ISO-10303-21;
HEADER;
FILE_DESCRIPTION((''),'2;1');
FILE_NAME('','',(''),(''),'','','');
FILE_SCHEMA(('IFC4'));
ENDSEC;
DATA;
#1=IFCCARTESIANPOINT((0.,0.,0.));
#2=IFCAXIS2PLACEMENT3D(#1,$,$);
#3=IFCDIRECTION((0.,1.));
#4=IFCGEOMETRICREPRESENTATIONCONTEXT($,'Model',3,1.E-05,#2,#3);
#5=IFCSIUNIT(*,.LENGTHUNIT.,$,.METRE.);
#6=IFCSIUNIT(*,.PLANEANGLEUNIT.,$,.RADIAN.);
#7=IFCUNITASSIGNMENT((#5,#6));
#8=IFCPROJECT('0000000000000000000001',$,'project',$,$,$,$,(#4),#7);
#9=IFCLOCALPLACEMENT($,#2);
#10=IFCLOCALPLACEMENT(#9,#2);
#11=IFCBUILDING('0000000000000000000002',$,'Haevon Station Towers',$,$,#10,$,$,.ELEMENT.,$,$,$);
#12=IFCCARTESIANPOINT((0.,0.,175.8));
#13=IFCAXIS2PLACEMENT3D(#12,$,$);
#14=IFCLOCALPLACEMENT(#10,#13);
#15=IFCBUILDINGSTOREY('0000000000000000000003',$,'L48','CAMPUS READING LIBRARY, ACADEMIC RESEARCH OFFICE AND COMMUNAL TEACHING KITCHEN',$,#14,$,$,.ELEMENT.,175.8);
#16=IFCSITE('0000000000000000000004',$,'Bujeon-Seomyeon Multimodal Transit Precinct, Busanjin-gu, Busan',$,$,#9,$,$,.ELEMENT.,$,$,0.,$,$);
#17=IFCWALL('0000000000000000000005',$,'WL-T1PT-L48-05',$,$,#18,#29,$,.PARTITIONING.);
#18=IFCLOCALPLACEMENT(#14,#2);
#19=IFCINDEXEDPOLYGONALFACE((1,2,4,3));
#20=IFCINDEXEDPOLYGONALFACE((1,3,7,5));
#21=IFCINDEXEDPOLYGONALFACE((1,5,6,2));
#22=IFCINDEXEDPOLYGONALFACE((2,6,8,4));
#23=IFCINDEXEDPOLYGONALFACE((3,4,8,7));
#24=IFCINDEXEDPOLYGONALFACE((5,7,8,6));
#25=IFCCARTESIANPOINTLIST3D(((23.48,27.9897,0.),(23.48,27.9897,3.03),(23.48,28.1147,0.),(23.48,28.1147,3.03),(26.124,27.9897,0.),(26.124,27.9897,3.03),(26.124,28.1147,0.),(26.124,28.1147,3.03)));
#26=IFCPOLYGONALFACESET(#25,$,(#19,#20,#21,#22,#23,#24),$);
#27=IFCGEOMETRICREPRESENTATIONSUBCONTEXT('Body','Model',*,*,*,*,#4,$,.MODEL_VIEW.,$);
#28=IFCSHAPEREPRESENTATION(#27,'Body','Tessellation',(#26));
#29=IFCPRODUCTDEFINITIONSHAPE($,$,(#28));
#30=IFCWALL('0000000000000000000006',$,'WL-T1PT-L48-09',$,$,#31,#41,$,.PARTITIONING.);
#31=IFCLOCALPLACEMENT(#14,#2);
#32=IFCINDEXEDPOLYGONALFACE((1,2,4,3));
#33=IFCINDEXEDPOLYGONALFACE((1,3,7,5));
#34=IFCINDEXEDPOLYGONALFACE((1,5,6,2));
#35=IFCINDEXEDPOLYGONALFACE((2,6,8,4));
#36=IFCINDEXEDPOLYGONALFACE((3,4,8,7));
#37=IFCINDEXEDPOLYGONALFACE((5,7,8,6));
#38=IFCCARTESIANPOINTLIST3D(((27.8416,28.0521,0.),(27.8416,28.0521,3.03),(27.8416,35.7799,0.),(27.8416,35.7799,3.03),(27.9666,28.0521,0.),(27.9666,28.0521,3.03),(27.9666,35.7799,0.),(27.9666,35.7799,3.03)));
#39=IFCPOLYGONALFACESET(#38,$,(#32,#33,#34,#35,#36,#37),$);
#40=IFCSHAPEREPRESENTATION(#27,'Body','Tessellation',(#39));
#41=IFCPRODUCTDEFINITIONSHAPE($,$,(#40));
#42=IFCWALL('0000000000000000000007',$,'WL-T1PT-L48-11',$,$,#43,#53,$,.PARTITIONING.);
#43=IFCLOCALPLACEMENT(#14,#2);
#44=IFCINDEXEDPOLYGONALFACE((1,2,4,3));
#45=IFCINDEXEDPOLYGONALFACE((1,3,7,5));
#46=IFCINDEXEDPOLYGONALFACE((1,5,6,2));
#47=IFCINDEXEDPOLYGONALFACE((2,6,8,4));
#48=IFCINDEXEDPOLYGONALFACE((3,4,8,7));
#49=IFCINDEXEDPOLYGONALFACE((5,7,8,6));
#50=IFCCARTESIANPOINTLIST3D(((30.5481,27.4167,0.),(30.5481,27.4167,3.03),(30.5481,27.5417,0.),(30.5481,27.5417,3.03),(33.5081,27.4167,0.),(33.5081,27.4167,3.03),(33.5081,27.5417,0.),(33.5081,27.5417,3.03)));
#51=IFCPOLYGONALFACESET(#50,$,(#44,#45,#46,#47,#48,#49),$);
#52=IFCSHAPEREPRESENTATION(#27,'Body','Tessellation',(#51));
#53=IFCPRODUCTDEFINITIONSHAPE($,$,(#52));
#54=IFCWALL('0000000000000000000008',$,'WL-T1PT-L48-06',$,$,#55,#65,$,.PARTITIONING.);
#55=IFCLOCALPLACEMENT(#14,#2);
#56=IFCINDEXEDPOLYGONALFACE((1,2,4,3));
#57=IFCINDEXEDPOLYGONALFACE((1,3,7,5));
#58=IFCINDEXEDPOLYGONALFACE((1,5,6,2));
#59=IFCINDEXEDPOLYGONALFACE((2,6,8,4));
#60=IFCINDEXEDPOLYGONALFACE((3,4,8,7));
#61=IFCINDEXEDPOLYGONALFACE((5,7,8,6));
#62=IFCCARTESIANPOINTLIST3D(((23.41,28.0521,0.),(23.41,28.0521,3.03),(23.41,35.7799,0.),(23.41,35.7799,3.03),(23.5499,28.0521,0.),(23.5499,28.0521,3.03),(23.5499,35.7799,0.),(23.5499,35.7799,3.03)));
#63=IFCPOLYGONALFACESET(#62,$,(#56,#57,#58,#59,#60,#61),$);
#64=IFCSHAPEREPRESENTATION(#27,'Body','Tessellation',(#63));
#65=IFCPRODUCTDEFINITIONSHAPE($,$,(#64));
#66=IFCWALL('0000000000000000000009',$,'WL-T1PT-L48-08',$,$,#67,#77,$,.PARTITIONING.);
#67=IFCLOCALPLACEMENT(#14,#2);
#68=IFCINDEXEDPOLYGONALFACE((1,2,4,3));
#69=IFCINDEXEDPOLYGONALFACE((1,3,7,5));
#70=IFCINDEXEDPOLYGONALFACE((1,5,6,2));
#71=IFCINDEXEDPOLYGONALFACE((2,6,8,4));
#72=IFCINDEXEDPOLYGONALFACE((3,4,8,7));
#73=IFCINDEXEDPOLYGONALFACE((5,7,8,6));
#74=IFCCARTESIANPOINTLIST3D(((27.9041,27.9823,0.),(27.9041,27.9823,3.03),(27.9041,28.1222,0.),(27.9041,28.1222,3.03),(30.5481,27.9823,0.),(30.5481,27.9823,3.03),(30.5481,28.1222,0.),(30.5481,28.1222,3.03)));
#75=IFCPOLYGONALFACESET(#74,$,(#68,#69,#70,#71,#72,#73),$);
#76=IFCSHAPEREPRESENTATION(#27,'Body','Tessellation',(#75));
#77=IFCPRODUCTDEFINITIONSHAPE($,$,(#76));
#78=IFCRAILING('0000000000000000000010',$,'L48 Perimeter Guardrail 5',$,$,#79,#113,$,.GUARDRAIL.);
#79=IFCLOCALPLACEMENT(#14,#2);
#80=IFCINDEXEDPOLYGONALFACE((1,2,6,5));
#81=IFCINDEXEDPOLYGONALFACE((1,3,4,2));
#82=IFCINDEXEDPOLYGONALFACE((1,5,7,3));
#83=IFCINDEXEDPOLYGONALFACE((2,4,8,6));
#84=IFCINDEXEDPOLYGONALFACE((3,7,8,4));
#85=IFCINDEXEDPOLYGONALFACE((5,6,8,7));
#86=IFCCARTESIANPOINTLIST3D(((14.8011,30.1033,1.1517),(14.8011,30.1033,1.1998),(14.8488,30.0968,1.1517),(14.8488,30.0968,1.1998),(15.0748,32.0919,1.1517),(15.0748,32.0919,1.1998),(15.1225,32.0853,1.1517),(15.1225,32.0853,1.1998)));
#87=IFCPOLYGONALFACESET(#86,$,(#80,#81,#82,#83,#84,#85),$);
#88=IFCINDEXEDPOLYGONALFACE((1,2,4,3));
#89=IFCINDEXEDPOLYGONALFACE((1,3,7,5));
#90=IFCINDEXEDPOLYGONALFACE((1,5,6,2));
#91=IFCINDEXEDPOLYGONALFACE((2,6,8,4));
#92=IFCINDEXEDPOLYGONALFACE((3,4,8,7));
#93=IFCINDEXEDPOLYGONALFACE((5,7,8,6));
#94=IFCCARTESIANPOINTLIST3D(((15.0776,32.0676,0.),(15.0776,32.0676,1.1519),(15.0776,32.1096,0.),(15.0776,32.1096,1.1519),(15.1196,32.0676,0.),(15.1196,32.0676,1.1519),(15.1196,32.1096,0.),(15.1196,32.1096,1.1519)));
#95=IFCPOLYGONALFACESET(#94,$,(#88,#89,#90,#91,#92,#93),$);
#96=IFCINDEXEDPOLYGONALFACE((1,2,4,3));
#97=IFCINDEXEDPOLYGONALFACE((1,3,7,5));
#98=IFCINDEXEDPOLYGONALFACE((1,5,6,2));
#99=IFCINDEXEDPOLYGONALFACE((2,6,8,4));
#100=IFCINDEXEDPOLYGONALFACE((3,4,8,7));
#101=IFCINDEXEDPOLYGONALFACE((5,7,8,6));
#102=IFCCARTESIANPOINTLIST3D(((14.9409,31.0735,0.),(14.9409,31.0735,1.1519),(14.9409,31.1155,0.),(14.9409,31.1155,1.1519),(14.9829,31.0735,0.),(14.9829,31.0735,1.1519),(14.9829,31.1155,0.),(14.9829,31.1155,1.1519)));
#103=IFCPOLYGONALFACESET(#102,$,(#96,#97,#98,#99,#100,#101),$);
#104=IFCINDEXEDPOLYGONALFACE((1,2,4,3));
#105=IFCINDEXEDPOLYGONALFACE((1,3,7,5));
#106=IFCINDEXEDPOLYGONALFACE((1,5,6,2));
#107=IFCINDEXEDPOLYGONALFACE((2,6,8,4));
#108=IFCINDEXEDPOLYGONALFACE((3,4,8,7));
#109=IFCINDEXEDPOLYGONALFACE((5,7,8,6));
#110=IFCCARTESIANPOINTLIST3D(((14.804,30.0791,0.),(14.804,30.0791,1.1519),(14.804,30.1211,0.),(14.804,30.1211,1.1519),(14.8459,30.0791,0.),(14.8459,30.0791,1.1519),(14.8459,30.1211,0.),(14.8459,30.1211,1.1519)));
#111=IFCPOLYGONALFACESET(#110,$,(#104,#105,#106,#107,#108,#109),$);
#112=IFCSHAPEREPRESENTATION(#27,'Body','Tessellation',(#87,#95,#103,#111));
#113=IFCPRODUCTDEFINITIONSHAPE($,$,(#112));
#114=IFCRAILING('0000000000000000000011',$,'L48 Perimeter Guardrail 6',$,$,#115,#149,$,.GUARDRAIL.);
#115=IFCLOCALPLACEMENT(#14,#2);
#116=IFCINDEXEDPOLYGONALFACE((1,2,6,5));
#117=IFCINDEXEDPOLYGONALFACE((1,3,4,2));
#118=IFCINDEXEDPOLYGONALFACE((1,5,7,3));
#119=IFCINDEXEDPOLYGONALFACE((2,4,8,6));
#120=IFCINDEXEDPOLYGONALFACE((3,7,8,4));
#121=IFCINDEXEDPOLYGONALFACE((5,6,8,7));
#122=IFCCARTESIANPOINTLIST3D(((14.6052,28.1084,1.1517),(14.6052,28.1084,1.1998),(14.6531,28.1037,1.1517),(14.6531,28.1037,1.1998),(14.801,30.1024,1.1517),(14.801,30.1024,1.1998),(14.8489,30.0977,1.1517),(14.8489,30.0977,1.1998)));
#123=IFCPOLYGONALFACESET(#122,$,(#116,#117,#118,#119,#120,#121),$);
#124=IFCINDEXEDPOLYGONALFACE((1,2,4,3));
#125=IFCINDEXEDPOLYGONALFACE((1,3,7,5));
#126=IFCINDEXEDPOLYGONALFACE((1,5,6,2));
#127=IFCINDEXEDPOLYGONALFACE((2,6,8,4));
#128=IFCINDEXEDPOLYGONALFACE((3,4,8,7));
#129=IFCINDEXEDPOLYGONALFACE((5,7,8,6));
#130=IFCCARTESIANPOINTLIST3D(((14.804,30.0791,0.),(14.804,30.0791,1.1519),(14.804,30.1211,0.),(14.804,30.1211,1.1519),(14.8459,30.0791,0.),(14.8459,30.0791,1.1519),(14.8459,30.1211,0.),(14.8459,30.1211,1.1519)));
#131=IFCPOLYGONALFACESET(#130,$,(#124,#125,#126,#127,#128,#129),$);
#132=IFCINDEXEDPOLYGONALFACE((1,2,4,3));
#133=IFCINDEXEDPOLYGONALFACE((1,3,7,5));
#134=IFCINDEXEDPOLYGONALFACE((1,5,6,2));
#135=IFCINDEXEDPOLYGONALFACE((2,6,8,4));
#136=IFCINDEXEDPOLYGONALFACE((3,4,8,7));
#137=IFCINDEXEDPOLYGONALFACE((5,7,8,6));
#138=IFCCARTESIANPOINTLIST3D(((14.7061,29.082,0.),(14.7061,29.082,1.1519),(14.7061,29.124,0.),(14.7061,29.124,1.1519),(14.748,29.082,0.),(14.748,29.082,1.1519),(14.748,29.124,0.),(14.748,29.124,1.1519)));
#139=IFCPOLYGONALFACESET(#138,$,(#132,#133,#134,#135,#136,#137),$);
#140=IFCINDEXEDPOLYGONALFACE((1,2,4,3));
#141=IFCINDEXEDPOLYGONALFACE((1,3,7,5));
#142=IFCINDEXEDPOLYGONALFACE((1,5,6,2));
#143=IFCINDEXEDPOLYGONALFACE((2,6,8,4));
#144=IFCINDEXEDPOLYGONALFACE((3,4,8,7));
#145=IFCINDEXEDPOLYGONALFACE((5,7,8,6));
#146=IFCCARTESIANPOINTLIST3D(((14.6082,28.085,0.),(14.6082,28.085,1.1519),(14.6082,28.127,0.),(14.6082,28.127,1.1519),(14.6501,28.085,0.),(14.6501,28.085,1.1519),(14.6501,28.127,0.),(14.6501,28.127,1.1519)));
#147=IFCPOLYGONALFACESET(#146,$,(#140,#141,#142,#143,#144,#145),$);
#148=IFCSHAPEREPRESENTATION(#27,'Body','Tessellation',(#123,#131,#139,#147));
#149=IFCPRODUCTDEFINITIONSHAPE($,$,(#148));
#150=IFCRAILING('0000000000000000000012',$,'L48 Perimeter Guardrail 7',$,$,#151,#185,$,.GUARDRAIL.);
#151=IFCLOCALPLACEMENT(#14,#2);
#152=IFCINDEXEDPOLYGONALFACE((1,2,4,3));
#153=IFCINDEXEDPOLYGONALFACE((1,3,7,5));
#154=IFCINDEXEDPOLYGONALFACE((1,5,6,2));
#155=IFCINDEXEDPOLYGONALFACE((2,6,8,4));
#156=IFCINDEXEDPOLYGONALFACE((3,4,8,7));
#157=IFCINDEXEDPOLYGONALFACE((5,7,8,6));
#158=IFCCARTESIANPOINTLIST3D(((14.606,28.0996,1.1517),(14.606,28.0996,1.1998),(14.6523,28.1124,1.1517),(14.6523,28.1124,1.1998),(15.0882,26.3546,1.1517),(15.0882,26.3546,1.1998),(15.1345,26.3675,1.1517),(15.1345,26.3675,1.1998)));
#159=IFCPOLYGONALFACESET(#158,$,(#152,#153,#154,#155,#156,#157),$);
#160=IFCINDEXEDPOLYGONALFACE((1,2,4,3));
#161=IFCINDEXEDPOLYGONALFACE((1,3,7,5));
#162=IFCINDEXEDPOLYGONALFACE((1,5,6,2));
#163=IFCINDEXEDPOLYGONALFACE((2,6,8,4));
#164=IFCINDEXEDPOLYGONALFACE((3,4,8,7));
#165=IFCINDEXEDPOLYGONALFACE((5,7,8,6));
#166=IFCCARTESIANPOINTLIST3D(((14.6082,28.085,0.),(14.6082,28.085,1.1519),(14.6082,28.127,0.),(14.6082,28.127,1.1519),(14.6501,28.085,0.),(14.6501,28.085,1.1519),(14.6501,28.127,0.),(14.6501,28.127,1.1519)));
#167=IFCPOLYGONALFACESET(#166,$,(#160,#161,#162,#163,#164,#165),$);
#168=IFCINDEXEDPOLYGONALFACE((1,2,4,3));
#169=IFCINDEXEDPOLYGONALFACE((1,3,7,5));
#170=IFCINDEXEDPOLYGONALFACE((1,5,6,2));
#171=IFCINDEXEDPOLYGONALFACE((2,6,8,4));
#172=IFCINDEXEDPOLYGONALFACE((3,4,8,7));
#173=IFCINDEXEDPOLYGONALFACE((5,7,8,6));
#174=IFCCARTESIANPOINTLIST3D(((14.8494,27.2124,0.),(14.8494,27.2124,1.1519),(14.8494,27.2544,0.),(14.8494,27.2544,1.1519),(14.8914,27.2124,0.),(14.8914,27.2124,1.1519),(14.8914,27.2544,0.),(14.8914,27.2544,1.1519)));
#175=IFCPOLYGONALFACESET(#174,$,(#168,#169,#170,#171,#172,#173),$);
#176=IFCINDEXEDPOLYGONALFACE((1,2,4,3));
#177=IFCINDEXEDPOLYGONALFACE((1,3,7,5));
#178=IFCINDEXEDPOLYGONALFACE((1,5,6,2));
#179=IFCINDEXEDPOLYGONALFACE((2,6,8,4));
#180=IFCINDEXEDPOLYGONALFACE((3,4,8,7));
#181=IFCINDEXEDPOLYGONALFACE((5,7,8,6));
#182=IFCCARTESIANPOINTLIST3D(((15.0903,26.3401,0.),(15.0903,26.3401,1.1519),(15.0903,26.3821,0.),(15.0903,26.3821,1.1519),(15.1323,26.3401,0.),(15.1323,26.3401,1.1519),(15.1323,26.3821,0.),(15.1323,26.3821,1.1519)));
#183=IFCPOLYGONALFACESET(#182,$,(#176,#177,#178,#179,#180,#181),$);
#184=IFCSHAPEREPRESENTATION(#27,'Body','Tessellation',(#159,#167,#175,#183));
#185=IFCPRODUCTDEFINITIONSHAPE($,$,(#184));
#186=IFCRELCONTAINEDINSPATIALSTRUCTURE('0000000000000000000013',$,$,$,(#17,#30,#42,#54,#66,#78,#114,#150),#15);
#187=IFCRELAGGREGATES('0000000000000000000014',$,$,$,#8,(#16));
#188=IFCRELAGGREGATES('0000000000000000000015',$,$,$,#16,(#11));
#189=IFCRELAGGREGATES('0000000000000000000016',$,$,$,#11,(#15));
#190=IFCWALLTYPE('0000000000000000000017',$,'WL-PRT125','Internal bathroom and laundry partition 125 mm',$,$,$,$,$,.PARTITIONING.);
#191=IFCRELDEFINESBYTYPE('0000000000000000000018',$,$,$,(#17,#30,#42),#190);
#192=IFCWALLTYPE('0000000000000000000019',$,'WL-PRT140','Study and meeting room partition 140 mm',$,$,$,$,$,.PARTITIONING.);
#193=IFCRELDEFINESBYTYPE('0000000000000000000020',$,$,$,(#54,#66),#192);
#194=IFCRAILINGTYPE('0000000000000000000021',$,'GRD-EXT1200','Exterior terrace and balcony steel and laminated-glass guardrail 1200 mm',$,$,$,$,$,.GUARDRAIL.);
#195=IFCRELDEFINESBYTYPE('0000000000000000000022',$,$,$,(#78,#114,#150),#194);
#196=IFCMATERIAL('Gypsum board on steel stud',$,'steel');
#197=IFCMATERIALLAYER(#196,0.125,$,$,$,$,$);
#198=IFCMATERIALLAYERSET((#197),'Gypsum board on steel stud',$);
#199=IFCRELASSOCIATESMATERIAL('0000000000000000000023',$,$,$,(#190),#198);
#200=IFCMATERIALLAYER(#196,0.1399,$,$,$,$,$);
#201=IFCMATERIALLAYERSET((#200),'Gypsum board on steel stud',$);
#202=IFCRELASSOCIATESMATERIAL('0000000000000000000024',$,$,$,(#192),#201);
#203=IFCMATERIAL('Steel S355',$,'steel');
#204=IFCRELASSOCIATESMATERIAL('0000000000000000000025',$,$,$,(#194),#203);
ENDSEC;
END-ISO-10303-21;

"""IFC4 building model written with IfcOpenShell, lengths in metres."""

from ifc_helpers import new_model, si_unit, direction, frame, frame_2d, origin, origin_2d, place, context, subcontext, project, spatial, rectangle, extrude, material, layer, layer_set, type_object, element, save


model = new_model("IFC4")

# Units and contexts
model_context = context("Model", 3, precision=1e-05, world=origin(), true_north=direction((0.0, 1.0)))
body_context = subcontext(model_context, "Body", "Model", "MODEL_VIEW")
ifc_project = project(units=[si_unit("LENGTHUNIT", "METRE"), si_unit("PLANEANGLEUNIT", "RADIAN")], contexts=[model_context])

# Site, building, storey
site_placement = place(None, origin())
site = spatial("IfcSite", under=ifc_project, at=site_placement, Name="Bujeon-Seomyeon Multimodal Transit Precinct, Busanjin-gu, Busan", CompositionType="ELEMENT", RefElevation=0.0)
building_placement = place(site_placement, origin())
building = spatial("IfcBuilding", under=site, at=building_placement, Name="Haevon Station Towers", CompositionType="ELEMENT")
storey_placement = place(building_placement, frame((0.0, 0.0, 175.8)))
storey = spatial("IfcBuildingStorey", under=building, at=storey_placement, Name="L48", Description="CAMPUS READING LIBRARY, ACADEMIC RESEARCH OFFICE AND COMMUNAL TEACHING KITCHEN", CompositionType="ELEMENT", Elevation=175.8)

# Shared definitions
ifc_material_1 = material(Name="Steel S355", Category="steel")

# Walls
ifc_material_2 = material(Name="Gypsum board on steel stud", Category="steel")
ifc_layer_1 = layer(ifc_material_2, 0.125)
ifc_layer_set_1 = layer_set([ifc_layer_1], Name="Gypsum board on steel stud")
wall_type_1 = type_object("IfcWallType", Name="WL-PRT125", Description="Internal bathroom and laundry partition 125 mm", PredefinedType="PARTITIONING", material=ifc_layer_set_1)
wall_1_placement = place(storey_placement, frame((23.48, 28.0522, 0.0), z_axis=(0.0, 0.0, 1.0), x_axis=(1.0, 0.0, 0.0)))
element("IfcWall", 1, at=wall_1_placement, inside=storey, type_object=wall_type_1, Name="WL-T1PT-L48-05", PredefinedType="PARTITIONING", context=body_context, shape_type="SweptSolid", body=[
    extrude(rectangle(XDim=2.644, YDim=0.125, at=frame_2d((1.322, 0.0))), origin(), (0.0, 0.0, 1.0), 3.03),
])
wall_2_placement = place(storey_placement, frame((27.9041, 28.0522, 0.0), z_axis=(0.0, 0.0, 1.0), x_axis=(0.0, 1.0, 0.0)))
element("IfcWall", 2, at=wall_2_placement, inside=storey, type_object=wall_type_1, Name="WL-T1PT-L48-09", PredefinedType="PARTITIONING", context=body_context, shape_type="SweptSolid", body=[
    extrude(rectangle(XDim=7.7278, YDim=0.125, at=frame_2d((3.8638, 0.0))), origin(), (0.0, 0.0, 1.0), 3.03),
])
wall_3_placement = place(storey_placement, frame((30.5481, 27.4792, 0.0), z_axis=(0.0, 0.0, 1.0), x_axis=(1.0, 0.0, 0.0)))
element("IfcWall", 3, at=wall_3_placement, inside=storey, type_object=wall_type_1, Name="WL-T1PT-L48-11", PredefinedType="PARTITIONING", context=body_context, shape_type="SweptSolid", body=[
    extrude(rectangle(XDim=2.96, YDim=0.125, at=frame_2d((1.48, 0.0))), origin(), (0.0, 0.0, 1.0), 3.03),
])
ifc_layer_2 = layer(ifc_material_2, 0.1399)
ifc_layer_set_2 = layer_set([ifc_layer_2], Name="Gypsum board on steel stud")
wall_type_2 = type_object("IfcWallType", Name="WL-PRT140", Description="Study and meeting room partition 140 mm", PredefinedType="PARTITIONING", material=ifc_layer_set_2)
wall_4_placement = place(storey_placement, frame((23.48, 28.0522, 0.0), z_axis=(0.0, 0.0, 1.0), x_axis=(0.0, 1.0, 0.0)))
element("IfcWall", 4, at=wall_4_placement, inside=storey, type_object=wall_type_2, Name="WL-T1PT-L48-06", PredefinedType="PARTITIONING", context=body_context, shape_type="SweptSolid", body=[
    extrude(rectangle(XDim=7.7278, YDim=0.1399, at=frame_2d((3.8638, 0.0))), origin(), (0.0, 0.0, 1.0), 3.03),
])
wall_5_placement = place(storey_placement, frame((27.9041, 28.0522, 0.0), z_axis=(0.0, 0.0, 1.0), x_axis=(1.0, 0.0, 0.0)))
element("IfcWall", 5, at=wall_5_placement, inside=storey, type_object=wall_type_2, Name="WL-T1PT-L48-08", PredefinedType="PARTITIONING", context=body_context, shape_type="SweptSolid", body=[
    extrude(rectangle(XDim=2.644, YDim=0.1399, at=frame_2d((1.322, 0.0))), origin(), (0.0, 0.0, 1.0), 3.03),
])

# Railings
railing_type = type_object("IfcRailingType", Name="GRD-EXT1200", Description="Exterior terrace and balcony steel and laminated-glass guardrail 1200 mm", PredefinedType="GUARDRAIL", material=ifc_material_1)
railing_1_placement = place(storey_placement, frame((15.0986, 32.0886, 0.0)))
element("IfcRailing", 6, at=railing_1_placement, inside=storey, type_object=railing_type, Name="L48 Perimeter Guardrail 5", PredefinedType="GUARDRAIL", context=body_context, shape_type="SweptSolid", body=[
    extrude(rectangle(XDim=0.0481, YDim=0.0481, at=origin_2d()), frame((0.0, 0.0, 1.1758), z_axis=(-0.136345, -0.990661, 0.0), x_axis=(0.990661, -0.136345, 0.0)), (0.0, 0.0, 1.0), 2.0073),
    extrude(rectangle(XDim=0.042, YDim=0.042, at=origin_2d()), origin(), (0.0, 0.0, 1.0), 1.1519),
    extrude(rectangle(XDim=0.042, YDim=0.042, at=origin_2d()), frame((-0.1367, -0.9941, 0.0)), (0.0, 0.0, 1.0), 1.1519),
    extrude(rectangle(XDim=0.042, YDim=0.042, at=origin_2d()), frame((-0.2737, -1.9885, 0.0)), (0.0, 0.0, 1.0), 1.1519),
])
railing_2_placement = place(storey_placement, frame((14.825, 30.1001, 0.0)))
element("IfcRailing", 7, at=railing_2_placement, inside=storey, type_object=railing_type, Name="L48 Perimeter Guardrail 6", PredefinedType="GUARDRAIL", context=body_context, shape_type="SweptSolid", body=[
    extrude(rectangle(XDim=0.0481, YDim=0.0481, at=origin_2d()), frame((0.0, 0.0, 1.1758), z_axis=(-0.097718, -0.995214, 0.0), x_axis=(0.995214, -0.097718, 0.0)), (0.0, 0.0, 1.0), 2.0037),
    extrude(rectangle(XDim=0.042, YDim=0.042, at=origin_2d()), origin(), (0.0, 0.0, 1.0), 1.1519),
    extrude(rectangle(XDim=0.042, YDim=0.042, at=origin_2d()), frame((-0.0979, -0.9971, 0.0)), (0.0, 0.0, 1.0), 1.1519),
    extrude(rectangle(XDim=0.042, YDim=0.042, at=origin_2d()), frame((-0.1958, -1.9941, 0.0)), (0.0, 0.0, 1.0), 1.1519),
])
railing_3_placement = place(storey_placement, frame((14.6292, 28.106, 0.0)))
element("IfcRailing", 8, at=railing_3_placement, inside=storey, type_object=railing_type, Name="L48 Perimeter Guardrail 7", PredefinedType="GUARDRAIL", context=body_context, shape_type="SweptSolid", body=[
    extrude(rectangle(XDim=0.0481, YDim=0.0481, at=origin_2d()), frame((0.0, 0.0, 1.1758), z_axis=(0.266357, -0.963874, 0.0), x_axis=(0.963874, 0.266357, 0.0)), (0.0, 0.0, 1.0), 1.8103),
    extrude(rectangle(XDim=0.042, YDim=0.042, at=origin_2d()), origin(), (0.0, 0.0, 1.0), 1.1519),
    extrude(rectangle(XDim=0.042, YDim=0.042, at=origin_2d()), frame((0.2412, -0.8726, 0.0)), (0.0, 0.0, 1.0), 1.1519),
    extrude(rectangle(XDim=0.042, YDim=0.042, at=origin_2d()), frame((0.4822, -1.7449, 0.0)), (0.0, 0.0, 1.0), 1.1519),
])

save(model, "model.ifc")
